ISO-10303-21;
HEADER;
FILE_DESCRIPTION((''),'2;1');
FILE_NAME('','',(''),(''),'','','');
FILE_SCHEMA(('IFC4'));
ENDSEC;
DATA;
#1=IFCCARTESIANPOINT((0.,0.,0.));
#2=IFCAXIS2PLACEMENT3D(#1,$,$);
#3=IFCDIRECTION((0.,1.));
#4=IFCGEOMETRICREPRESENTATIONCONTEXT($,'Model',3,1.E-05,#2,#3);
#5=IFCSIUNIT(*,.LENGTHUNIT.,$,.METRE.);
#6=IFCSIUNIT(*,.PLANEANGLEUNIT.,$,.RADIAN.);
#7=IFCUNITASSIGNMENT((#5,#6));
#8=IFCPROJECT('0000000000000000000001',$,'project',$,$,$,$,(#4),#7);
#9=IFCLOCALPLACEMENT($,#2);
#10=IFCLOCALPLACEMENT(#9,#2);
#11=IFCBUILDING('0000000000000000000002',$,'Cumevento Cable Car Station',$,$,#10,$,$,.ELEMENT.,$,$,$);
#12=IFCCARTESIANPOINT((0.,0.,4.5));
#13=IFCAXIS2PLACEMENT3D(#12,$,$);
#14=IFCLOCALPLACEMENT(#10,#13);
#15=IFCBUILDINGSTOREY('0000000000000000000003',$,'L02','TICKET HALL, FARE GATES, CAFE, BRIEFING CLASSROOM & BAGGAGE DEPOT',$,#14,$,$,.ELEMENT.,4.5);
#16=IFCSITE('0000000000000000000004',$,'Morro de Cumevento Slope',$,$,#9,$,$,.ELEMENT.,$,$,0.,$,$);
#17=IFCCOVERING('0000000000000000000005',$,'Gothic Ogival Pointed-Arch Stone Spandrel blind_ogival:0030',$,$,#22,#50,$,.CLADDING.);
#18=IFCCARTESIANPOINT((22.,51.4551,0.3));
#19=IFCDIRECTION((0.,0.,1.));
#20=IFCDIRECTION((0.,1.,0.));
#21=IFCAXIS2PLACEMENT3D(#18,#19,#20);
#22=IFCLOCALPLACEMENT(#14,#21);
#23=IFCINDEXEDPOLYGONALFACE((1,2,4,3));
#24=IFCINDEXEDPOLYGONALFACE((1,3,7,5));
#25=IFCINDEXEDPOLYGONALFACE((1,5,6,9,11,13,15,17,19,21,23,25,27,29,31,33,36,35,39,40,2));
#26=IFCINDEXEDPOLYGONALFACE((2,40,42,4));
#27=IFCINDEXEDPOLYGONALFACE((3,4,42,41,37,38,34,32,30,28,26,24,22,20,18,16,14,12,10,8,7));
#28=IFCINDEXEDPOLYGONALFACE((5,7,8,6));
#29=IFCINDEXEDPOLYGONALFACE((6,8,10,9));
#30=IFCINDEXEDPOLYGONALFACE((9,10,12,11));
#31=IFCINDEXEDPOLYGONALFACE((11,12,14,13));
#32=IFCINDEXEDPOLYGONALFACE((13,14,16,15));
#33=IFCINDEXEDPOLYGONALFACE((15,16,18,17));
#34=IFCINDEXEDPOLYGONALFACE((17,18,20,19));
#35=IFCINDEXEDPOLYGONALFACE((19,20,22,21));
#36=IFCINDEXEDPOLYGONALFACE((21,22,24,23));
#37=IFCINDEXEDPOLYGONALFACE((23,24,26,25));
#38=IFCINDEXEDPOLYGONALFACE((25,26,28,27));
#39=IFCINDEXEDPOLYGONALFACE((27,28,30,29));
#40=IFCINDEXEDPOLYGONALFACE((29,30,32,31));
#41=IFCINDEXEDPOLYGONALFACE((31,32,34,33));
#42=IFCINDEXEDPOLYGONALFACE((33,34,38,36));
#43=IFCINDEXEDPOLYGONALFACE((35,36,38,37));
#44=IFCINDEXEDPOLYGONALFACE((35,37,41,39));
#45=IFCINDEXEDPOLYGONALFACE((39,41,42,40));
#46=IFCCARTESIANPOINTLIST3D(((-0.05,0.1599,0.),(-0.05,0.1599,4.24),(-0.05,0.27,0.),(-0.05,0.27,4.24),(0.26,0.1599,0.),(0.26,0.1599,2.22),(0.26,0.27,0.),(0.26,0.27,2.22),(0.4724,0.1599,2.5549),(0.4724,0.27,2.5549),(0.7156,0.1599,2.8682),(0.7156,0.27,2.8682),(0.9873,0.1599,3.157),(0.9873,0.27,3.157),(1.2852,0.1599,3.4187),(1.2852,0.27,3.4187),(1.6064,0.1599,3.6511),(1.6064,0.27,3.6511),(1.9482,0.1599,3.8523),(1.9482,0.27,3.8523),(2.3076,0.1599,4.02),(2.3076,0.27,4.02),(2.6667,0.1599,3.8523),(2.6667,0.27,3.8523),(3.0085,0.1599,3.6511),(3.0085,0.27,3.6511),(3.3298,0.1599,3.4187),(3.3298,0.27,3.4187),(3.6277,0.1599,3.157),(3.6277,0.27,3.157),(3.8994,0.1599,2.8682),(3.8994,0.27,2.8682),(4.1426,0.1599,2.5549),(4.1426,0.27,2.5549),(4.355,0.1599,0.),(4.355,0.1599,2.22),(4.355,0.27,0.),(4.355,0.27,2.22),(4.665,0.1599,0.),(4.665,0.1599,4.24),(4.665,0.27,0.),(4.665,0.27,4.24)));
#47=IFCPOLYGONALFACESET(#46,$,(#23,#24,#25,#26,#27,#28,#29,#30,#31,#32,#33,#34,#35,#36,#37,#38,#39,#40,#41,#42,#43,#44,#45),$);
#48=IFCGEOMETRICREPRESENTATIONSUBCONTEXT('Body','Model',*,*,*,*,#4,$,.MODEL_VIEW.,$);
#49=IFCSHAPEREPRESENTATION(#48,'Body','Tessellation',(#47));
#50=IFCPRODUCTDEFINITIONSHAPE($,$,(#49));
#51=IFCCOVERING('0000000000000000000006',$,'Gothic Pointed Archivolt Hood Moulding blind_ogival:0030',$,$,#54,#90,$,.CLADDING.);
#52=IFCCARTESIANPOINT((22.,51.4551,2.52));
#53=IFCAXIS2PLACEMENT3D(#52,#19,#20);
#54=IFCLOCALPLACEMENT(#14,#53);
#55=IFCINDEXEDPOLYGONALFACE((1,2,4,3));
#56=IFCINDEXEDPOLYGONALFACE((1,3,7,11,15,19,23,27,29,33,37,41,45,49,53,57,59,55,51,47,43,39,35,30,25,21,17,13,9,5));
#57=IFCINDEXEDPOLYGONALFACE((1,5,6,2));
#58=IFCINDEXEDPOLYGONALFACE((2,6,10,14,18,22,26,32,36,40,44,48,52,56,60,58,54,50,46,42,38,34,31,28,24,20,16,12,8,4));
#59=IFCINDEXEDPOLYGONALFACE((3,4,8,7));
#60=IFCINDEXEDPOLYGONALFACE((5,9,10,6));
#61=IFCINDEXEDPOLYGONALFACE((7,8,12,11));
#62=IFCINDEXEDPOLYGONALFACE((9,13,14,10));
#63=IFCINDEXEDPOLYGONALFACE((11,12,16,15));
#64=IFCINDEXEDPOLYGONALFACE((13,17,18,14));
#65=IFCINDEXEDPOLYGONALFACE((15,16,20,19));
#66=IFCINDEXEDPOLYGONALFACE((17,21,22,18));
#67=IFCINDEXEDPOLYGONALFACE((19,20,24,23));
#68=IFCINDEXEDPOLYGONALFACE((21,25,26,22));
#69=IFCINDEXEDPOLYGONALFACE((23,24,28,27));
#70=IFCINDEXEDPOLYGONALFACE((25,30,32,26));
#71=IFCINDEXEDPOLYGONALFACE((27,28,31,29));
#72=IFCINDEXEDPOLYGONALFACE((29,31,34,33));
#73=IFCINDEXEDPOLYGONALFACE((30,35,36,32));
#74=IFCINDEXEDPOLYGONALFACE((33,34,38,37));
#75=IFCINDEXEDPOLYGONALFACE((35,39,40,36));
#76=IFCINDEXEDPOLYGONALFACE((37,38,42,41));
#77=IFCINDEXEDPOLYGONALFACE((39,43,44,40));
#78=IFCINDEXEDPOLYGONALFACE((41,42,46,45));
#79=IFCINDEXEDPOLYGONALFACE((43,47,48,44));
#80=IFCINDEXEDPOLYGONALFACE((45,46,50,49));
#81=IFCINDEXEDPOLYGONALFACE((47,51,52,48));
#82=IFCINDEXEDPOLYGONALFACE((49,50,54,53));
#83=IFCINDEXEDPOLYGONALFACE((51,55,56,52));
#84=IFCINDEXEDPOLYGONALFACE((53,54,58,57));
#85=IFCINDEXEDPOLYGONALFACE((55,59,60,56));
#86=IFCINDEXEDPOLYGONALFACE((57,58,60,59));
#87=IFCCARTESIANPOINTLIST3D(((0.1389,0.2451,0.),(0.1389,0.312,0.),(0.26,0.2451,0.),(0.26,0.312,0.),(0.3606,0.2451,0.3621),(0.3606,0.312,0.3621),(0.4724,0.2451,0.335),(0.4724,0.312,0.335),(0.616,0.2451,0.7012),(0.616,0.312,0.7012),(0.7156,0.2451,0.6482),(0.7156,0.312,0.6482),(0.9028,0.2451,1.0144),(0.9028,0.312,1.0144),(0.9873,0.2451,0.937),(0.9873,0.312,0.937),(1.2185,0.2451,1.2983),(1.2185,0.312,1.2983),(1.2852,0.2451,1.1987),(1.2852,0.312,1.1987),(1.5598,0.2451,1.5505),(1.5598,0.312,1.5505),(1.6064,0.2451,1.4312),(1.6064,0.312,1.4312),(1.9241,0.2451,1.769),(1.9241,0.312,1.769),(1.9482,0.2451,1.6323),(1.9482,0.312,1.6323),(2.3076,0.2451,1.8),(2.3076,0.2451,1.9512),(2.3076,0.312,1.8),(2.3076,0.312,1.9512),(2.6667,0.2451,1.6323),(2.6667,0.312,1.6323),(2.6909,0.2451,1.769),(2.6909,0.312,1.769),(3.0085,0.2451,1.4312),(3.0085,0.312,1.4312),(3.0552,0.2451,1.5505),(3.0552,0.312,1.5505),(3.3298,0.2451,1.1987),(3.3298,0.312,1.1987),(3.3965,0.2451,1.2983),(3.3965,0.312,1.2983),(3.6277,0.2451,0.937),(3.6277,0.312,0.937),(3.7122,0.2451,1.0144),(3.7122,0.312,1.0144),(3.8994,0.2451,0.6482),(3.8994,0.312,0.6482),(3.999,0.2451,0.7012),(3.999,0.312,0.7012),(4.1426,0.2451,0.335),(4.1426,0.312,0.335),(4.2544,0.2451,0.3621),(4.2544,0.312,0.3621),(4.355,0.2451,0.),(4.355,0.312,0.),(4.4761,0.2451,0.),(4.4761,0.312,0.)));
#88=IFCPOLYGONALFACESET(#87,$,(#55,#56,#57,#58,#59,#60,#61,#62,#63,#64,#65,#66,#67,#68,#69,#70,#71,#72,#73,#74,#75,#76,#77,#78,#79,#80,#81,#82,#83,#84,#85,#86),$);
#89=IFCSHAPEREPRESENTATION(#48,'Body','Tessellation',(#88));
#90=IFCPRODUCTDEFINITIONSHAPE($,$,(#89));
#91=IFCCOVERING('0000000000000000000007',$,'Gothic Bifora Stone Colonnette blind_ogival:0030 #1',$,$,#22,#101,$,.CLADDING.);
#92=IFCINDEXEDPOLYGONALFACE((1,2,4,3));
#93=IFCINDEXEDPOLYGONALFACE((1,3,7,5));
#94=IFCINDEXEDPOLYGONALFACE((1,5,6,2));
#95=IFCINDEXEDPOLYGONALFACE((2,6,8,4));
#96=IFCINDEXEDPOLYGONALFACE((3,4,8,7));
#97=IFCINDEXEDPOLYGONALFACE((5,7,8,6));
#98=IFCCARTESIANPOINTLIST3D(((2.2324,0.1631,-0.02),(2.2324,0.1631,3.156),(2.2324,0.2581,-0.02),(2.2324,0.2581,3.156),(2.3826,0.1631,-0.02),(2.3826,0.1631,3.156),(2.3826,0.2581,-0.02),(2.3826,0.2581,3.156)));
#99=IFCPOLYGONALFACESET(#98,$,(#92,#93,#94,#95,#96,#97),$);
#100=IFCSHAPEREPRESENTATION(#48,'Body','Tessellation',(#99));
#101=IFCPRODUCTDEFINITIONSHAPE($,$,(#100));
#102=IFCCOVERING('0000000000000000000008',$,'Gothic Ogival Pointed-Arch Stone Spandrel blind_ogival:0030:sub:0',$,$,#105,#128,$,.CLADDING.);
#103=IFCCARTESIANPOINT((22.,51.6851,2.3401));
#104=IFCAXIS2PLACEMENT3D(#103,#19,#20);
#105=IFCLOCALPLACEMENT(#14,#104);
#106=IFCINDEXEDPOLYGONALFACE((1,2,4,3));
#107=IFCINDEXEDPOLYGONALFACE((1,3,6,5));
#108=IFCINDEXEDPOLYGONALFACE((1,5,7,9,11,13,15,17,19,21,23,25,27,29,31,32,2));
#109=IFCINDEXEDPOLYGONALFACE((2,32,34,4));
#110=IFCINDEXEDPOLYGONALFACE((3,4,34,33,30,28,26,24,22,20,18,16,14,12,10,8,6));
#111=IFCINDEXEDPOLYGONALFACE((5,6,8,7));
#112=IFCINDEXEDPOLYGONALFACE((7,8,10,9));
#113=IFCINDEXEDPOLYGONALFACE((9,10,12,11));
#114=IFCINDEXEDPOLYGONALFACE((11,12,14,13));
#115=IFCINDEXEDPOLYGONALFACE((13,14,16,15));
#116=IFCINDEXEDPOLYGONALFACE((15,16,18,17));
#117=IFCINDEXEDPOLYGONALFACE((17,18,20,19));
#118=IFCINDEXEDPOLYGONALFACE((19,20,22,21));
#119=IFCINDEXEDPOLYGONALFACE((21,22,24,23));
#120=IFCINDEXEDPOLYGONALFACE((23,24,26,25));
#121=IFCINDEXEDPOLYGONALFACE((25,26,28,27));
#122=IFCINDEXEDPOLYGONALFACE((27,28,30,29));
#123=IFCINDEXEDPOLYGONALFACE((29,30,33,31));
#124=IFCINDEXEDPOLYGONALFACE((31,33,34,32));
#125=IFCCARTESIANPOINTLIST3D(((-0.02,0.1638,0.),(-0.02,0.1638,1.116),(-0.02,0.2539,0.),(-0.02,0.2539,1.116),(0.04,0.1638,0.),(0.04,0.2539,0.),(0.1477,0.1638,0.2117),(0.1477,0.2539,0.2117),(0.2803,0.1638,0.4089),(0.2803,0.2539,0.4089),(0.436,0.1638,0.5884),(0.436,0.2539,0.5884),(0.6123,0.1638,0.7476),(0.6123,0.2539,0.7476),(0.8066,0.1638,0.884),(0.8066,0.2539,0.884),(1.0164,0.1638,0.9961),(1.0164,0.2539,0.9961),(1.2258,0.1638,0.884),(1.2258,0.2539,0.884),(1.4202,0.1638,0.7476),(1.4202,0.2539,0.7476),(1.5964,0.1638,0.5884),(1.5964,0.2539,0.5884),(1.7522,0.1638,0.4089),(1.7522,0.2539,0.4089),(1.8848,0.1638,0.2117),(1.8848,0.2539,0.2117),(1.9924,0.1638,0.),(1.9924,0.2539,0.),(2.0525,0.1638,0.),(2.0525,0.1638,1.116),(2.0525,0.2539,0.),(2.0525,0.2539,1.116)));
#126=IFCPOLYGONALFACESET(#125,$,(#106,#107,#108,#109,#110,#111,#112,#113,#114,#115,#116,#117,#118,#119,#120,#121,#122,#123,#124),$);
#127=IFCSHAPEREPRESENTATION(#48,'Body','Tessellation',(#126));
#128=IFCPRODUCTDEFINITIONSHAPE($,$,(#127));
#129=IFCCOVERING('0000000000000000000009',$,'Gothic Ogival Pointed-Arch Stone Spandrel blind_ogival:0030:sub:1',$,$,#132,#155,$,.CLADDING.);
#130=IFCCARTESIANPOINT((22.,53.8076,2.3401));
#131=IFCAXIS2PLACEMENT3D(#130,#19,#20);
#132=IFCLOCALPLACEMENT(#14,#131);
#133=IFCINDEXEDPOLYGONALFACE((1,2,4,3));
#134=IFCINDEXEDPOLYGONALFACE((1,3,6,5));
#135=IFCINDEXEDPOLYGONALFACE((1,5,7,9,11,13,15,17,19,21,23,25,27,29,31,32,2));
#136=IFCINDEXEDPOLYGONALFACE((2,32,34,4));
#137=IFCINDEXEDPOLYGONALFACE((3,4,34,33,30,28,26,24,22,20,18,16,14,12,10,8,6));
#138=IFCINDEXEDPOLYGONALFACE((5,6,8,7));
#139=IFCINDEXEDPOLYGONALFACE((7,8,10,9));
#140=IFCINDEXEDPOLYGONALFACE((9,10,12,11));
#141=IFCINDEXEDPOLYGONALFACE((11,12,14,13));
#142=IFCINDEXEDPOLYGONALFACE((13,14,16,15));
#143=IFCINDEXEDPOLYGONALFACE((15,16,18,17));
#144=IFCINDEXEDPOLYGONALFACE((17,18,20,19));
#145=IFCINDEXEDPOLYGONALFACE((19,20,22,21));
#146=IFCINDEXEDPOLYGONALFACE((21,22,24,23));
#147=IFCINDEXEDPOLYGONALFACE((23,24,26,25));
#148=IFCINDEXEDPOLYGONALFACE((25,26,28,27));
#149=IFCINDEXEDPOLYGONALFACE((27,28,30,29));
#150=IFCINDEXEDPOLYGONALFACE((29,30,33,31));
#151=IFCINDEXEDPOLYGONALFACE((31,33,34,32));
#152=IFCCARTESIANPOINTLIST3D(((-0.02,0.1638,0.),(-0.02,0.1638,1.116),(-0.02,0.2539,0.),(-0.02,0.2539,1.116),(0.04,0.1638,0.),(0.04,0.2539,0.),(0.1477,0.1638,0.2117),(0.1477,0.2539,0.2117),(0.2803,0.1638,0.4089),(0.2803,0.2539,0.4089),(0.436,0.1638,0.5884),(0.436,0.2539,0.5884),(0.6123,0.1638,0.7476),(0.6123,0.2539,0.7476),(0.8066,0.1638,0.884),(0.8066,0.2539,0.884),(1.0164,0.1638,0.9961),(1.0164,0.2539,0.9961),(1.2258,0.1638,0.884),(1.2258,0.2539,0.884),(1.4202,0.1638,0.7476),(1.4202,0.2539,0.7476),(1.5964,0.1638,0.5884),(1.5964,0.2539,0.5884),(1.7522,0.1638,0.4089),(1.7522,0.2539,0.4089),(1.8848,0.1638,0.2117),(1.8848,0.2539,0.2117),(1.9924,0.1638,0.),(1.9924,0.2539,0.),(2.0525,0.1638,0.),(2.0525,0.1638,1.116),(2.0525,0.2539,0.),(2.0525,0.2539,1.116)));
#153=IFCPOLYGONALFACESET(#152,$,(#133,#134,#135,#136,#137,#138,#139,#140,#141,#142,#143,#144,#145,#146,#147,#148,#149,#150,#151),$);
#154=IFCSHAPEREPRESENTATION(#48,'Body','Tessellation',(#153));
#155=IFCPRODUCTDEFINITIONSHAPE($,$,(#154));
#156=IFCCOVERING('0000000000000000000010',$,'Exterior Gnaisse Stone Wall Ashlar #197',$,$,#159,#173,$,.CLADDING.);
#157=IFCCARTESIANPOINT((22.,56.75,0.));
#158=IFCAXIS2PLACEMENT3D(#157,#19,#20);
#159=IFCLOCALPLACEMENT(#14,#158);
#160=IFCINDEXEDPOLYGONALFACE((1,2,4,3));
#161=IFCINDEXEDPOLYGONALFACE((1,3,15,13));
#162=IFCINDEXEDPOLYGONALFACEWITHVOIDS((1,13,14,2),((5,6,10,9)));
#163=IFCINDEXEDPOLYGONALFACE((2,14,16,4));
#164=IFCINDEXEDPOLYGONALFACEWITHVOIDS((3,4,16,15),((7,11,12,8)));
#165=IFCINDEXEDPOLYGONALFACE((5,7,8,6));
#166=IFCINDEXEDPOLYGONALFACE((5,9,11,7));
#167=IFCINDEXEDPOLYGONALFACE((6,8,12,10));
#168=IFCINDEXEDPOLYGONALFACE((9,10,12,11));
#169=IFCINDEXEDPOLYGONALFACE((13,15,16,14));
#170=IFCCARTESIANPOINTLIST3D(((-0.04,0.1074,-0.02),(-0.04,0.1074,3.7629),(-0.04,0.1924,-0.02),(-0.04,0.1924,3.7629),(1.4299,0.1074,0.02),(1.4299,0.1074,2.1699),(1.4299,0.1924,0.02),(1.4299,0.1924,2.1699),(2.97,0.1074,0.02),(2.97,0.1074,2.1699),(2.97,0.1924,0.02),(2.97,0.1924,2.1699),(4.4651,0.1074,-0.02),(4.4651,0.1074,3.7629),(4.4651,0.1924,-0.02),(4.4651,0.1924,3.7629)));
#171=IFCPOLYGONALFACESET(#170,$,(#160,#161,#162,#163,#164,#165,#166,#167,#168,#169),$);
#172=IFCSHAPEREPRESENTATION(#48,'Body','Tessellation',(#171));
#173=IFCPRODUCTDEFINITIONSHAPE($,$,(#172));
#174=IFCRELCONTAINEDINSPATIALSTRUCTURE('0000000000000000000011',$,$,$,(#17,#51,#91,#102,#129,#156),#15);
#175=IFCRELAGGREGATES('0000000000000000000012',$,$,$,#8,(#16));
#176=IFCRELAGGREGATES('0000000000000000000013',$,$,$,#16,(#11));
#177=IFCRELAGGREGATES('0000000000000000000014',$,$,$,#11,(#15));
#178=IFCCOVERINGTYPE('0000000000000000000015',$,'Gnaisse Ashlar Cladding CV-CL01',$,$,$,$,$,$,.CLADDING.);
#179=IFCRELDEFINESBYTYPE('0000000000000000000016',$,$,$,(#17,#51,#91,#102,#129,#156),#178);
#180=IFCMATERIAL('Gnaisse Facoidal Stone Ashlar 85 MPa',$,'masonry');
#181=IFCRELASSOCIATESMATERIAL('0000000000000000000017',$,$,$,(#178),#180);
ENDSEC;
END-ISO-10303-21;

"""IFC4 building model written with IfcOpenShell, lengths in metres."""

from ifc_helpers import new_model, si_unit, direction, frame, origin, place, context, subcontext, project, spatial, polyline, outline, extrude, material, type_object, element, save


model = new_model("IFC4")

# Units and contexts
model_context = context("Model", 3, precision=1e-05, world=origin(), true_north=direction((0.0, 1.0)))
body_context = subcontext(model_context, "Body", "Model", "MODEL_VIEW")
ifc_project = project(units=[si_unit("LENGTHUNIT", "METRE"), si_unit("PLANEANGLEUNIT", "RADIAN")], contexts=[model_context])

# Site, building, storey
site_placement = place(None, origin())
site = spatial("IfcSite", under=ifc_project, at=site_placement, Name="Morro de Cumevento Slope", CompositionType="ELEMENT", RefElevation=0.0)
building_placement = place(site_placement, origin())
building = spatial("IfcBuilding", under=site, at=building_placement, Name="Cumevento Cable Car Station", CompositionType="ELEMENT")
storey_placement = place(building_placement, frame((0.0, 0.0, 4.5)))
storey = spatial("IfcBuildingStorey", under=building, at=storey_placement, Name="L02", Description="TICKET HALL, FARE GATES, CAFE, BRIEFING CLASSROOM & BAGGAGE DEPOT", CompositionType="ELEMENT", Elevation=4.5)

# Coverings
ifc_material_1 = material(Name="Gnaisse Facoidal Stone Ashlar 85 MPa", Category="masonry")
covering_type = type_object("IfcCoveringType", Name="Gnaisse Ashlar Cladding CV-CL01", PredefinedType="CLADDING", material=ifc_material_1)
placement = place(storey_placement, frame((22.0, 51.4551, 0.3), z_axis=(0.0, 0.0, 1.0), x_axis=(0.0, 1.0, 0.0)))
element("IfcCovering", 1, at=placement, inside=storey, type_object=covering_type, Name="Gothic Ogival Pointed-Arch Stone Spandrel blind_ogival:0030", PredefinedType="CLADDING", context=body_context, shape_type="SweptSolid", body=[
    extrude(outline(polyline([(-0.05, 0.0), (-0.05, 4.24), (4.665, 4.24), (4.665, 0.0), (4.355, 0.0), (4.355, 2.22), (4.1426, 2.5549), (3.8994, 2.8682), (3.6277, 3.157), (3.3298, 3.4187), (3.0085, 3.6511), (2.6667, 3.8523), (2.3076, 4.02), (1.9482, 3.8523), (1.6064, 3.6511), (1.2852, 3.4187), (0.9873, 3.157), (0.7156, 2.8682), (0.4724, 2.5549), (0.26, 2.22), (0.26, 0.0), (-0.05, 0.0)])), frame((0.0, 0.27, 0.0), z_axis=(0.0, -1.0, 0.0), x_axis=(1.0, 0.0, 0.0)), (0.0, 0.0, 1.0), 0.1101),
])
covering_1_placement = place(storey_placement, frame((22.0, 51.4551, 2.52), z_axis=(0.0, 0.0, 1.0), x_axis=(0.0, 1.0, 0.0)))
element("IfcCovering", 2, at=covering_1_placement, inside=storey, type_object=covering_type, Name="Gothic Pointed Archivolt Hood Moulding blind_ogival:0030", PredefinedType="CLADDING", context=body_context, shape_type="SweptSolid", body=[
    extrude(outline(polyline([(0.26, 0.0), (0.4724, 0.335), (0.7156, 0.6482), (0.9873, 0.937), (1.2852, 1.1987), (1.6064, 1.4312), (1.9482, 1.6323), (2.3076, 1.8), (2.6667, 1.6323), (3.0085, 1.4312), (3.3298, 1.1987), (3.6277, 0.937), (3.8994, 0.6482), (4.1426, 0.335), (4.355, 0.0), (4.4761, 0.0), (4.2544, 0.3621), (3.999, 0.7012), (3.7122, 1.0144), (3.3965, 1.2983), (3.0552, 1.5505), (2.6909, 1.769), (2.3076, 1.9512), (1.9241, 1.769), (1.5598, 1.5505), (1.2185, 1.2983), (0.9028, 1.0144), (0.616, 0.7012), (0.3606, 0.3621), (0.1389, 0.0), (0.26, 0.0)])), frame((0.0, 0.312, 0.0), z_axis=(0.0, -1.0, 0.0), x_axis=(1.0, 0.0, 0.0)), (0.0, 0.0, 1.0), 0.0669),
])
element("IfcCovering", 3, at=placement, inside=storey, type_object=covering_type, Name="Gothic Bifora Stone Colonnette blind_ogival:0030 #1", PredefinedType="CLADDING", context=body_context, shape_type="SweptSolid", body=[
    extrude(outline(polyline([(2.2324, -0.02), (2.3826, -0.02), (2.3826, 3.156), (2.2324, 3.156), (2.2324, -0.02)])), frame((0.0, 0.2581, 0.0), z_axis=(0.0, -1.0, 0.0), x_axis=(1.0, 0.0, 0.0)), (0.0, 0.0, 1.0), 0.095),
])
for number, where, z_axis, x_axis, name in (
    (4, (22.0, 51.6851, 2.3401), (0.0, 0.0, 1.0), (0.0, 1.0, 0.0), "Gothic Ogival Pointed-Arch Stone Spandrel blind_ogival:0030:sub:0"),
    (5, (22.0, 53.8076, 2.3401), (0.0, 0.0, 1.0), (0.0, 1.0, 0.0), "Gothic Ogival Pointed-Arch Stone Spandrel blind_ogival:0030:sub:1"),
):
    element("IfcCovering", number, at=place(storey_placement, frame(where, z_axis=z_axis, x_axis=x_axis)), inside=storey, type_object=covering_type, Name=name, PredefinedType="CLADDING", context=body_context, shape_type="SweptSolid", body=[
        extrude(outline(polyline([(-0.02, 0.0), (-0.02, 1.116), (2.0525, 1.116), (2.0525, 0.0), (1.9924, 0.0), (1.8848, 0.2117), (1.7522, 0.4089), (1.5964, 0.5884), (1.4202, 0.7476), (1.2258, 0.884), (1.0164, 0.9961), (0.8066, 0.884), (0.6123, 0.7476), (0.436, 0.5884), (0.2803, 0.4089), (0.1477, 0.2117), (0.04, 0.0), (-0.02, 0.0)])), frame((0.0, 0.2539, 0.0), z_axis=(0.0, -1.0, 0.0), x_axis=(1.0, 0.0, 0.0)), (0.0, 0.0, 1.0), 0.0901),
    ])
covering_2_placement = place(storey_placement, frame((22.0, 56.75, 0.0), z_axis=(0.0, 0.0, 1.0), x_axis=(0.0, 1.0, 0.0)))
element("IfcCovering", 6, at=covering_2_placement, inside=storey, type_object=covering_type, Name="Exterior Gnaisse Stone Wall Ashlar #197", PredefinedType="CLADDING", context=body_context, shape_type="SweptSolid", body=[
    extrude(outline(polyline([(-0.04, -0.02), (4.4651, -0.02), (4.4651, 3.7629), (-0.04, 3.7629), (-0.04, -0.02)]), holes=[polyline([(1.4299, 0.02), (2.97, 0.02), (2.97, 2.1699), (1.4299, 2.1699), (1.4299, 0.02)])]), frame((0.0, 0.1924, 0.0), z_axis=(0.0, -1.0, 0.0), x_axis=(1.0, 0.0, 0.0)), (0.0, 0.0, 1.0), 0.085),
])

save(model, "model.ifc")
